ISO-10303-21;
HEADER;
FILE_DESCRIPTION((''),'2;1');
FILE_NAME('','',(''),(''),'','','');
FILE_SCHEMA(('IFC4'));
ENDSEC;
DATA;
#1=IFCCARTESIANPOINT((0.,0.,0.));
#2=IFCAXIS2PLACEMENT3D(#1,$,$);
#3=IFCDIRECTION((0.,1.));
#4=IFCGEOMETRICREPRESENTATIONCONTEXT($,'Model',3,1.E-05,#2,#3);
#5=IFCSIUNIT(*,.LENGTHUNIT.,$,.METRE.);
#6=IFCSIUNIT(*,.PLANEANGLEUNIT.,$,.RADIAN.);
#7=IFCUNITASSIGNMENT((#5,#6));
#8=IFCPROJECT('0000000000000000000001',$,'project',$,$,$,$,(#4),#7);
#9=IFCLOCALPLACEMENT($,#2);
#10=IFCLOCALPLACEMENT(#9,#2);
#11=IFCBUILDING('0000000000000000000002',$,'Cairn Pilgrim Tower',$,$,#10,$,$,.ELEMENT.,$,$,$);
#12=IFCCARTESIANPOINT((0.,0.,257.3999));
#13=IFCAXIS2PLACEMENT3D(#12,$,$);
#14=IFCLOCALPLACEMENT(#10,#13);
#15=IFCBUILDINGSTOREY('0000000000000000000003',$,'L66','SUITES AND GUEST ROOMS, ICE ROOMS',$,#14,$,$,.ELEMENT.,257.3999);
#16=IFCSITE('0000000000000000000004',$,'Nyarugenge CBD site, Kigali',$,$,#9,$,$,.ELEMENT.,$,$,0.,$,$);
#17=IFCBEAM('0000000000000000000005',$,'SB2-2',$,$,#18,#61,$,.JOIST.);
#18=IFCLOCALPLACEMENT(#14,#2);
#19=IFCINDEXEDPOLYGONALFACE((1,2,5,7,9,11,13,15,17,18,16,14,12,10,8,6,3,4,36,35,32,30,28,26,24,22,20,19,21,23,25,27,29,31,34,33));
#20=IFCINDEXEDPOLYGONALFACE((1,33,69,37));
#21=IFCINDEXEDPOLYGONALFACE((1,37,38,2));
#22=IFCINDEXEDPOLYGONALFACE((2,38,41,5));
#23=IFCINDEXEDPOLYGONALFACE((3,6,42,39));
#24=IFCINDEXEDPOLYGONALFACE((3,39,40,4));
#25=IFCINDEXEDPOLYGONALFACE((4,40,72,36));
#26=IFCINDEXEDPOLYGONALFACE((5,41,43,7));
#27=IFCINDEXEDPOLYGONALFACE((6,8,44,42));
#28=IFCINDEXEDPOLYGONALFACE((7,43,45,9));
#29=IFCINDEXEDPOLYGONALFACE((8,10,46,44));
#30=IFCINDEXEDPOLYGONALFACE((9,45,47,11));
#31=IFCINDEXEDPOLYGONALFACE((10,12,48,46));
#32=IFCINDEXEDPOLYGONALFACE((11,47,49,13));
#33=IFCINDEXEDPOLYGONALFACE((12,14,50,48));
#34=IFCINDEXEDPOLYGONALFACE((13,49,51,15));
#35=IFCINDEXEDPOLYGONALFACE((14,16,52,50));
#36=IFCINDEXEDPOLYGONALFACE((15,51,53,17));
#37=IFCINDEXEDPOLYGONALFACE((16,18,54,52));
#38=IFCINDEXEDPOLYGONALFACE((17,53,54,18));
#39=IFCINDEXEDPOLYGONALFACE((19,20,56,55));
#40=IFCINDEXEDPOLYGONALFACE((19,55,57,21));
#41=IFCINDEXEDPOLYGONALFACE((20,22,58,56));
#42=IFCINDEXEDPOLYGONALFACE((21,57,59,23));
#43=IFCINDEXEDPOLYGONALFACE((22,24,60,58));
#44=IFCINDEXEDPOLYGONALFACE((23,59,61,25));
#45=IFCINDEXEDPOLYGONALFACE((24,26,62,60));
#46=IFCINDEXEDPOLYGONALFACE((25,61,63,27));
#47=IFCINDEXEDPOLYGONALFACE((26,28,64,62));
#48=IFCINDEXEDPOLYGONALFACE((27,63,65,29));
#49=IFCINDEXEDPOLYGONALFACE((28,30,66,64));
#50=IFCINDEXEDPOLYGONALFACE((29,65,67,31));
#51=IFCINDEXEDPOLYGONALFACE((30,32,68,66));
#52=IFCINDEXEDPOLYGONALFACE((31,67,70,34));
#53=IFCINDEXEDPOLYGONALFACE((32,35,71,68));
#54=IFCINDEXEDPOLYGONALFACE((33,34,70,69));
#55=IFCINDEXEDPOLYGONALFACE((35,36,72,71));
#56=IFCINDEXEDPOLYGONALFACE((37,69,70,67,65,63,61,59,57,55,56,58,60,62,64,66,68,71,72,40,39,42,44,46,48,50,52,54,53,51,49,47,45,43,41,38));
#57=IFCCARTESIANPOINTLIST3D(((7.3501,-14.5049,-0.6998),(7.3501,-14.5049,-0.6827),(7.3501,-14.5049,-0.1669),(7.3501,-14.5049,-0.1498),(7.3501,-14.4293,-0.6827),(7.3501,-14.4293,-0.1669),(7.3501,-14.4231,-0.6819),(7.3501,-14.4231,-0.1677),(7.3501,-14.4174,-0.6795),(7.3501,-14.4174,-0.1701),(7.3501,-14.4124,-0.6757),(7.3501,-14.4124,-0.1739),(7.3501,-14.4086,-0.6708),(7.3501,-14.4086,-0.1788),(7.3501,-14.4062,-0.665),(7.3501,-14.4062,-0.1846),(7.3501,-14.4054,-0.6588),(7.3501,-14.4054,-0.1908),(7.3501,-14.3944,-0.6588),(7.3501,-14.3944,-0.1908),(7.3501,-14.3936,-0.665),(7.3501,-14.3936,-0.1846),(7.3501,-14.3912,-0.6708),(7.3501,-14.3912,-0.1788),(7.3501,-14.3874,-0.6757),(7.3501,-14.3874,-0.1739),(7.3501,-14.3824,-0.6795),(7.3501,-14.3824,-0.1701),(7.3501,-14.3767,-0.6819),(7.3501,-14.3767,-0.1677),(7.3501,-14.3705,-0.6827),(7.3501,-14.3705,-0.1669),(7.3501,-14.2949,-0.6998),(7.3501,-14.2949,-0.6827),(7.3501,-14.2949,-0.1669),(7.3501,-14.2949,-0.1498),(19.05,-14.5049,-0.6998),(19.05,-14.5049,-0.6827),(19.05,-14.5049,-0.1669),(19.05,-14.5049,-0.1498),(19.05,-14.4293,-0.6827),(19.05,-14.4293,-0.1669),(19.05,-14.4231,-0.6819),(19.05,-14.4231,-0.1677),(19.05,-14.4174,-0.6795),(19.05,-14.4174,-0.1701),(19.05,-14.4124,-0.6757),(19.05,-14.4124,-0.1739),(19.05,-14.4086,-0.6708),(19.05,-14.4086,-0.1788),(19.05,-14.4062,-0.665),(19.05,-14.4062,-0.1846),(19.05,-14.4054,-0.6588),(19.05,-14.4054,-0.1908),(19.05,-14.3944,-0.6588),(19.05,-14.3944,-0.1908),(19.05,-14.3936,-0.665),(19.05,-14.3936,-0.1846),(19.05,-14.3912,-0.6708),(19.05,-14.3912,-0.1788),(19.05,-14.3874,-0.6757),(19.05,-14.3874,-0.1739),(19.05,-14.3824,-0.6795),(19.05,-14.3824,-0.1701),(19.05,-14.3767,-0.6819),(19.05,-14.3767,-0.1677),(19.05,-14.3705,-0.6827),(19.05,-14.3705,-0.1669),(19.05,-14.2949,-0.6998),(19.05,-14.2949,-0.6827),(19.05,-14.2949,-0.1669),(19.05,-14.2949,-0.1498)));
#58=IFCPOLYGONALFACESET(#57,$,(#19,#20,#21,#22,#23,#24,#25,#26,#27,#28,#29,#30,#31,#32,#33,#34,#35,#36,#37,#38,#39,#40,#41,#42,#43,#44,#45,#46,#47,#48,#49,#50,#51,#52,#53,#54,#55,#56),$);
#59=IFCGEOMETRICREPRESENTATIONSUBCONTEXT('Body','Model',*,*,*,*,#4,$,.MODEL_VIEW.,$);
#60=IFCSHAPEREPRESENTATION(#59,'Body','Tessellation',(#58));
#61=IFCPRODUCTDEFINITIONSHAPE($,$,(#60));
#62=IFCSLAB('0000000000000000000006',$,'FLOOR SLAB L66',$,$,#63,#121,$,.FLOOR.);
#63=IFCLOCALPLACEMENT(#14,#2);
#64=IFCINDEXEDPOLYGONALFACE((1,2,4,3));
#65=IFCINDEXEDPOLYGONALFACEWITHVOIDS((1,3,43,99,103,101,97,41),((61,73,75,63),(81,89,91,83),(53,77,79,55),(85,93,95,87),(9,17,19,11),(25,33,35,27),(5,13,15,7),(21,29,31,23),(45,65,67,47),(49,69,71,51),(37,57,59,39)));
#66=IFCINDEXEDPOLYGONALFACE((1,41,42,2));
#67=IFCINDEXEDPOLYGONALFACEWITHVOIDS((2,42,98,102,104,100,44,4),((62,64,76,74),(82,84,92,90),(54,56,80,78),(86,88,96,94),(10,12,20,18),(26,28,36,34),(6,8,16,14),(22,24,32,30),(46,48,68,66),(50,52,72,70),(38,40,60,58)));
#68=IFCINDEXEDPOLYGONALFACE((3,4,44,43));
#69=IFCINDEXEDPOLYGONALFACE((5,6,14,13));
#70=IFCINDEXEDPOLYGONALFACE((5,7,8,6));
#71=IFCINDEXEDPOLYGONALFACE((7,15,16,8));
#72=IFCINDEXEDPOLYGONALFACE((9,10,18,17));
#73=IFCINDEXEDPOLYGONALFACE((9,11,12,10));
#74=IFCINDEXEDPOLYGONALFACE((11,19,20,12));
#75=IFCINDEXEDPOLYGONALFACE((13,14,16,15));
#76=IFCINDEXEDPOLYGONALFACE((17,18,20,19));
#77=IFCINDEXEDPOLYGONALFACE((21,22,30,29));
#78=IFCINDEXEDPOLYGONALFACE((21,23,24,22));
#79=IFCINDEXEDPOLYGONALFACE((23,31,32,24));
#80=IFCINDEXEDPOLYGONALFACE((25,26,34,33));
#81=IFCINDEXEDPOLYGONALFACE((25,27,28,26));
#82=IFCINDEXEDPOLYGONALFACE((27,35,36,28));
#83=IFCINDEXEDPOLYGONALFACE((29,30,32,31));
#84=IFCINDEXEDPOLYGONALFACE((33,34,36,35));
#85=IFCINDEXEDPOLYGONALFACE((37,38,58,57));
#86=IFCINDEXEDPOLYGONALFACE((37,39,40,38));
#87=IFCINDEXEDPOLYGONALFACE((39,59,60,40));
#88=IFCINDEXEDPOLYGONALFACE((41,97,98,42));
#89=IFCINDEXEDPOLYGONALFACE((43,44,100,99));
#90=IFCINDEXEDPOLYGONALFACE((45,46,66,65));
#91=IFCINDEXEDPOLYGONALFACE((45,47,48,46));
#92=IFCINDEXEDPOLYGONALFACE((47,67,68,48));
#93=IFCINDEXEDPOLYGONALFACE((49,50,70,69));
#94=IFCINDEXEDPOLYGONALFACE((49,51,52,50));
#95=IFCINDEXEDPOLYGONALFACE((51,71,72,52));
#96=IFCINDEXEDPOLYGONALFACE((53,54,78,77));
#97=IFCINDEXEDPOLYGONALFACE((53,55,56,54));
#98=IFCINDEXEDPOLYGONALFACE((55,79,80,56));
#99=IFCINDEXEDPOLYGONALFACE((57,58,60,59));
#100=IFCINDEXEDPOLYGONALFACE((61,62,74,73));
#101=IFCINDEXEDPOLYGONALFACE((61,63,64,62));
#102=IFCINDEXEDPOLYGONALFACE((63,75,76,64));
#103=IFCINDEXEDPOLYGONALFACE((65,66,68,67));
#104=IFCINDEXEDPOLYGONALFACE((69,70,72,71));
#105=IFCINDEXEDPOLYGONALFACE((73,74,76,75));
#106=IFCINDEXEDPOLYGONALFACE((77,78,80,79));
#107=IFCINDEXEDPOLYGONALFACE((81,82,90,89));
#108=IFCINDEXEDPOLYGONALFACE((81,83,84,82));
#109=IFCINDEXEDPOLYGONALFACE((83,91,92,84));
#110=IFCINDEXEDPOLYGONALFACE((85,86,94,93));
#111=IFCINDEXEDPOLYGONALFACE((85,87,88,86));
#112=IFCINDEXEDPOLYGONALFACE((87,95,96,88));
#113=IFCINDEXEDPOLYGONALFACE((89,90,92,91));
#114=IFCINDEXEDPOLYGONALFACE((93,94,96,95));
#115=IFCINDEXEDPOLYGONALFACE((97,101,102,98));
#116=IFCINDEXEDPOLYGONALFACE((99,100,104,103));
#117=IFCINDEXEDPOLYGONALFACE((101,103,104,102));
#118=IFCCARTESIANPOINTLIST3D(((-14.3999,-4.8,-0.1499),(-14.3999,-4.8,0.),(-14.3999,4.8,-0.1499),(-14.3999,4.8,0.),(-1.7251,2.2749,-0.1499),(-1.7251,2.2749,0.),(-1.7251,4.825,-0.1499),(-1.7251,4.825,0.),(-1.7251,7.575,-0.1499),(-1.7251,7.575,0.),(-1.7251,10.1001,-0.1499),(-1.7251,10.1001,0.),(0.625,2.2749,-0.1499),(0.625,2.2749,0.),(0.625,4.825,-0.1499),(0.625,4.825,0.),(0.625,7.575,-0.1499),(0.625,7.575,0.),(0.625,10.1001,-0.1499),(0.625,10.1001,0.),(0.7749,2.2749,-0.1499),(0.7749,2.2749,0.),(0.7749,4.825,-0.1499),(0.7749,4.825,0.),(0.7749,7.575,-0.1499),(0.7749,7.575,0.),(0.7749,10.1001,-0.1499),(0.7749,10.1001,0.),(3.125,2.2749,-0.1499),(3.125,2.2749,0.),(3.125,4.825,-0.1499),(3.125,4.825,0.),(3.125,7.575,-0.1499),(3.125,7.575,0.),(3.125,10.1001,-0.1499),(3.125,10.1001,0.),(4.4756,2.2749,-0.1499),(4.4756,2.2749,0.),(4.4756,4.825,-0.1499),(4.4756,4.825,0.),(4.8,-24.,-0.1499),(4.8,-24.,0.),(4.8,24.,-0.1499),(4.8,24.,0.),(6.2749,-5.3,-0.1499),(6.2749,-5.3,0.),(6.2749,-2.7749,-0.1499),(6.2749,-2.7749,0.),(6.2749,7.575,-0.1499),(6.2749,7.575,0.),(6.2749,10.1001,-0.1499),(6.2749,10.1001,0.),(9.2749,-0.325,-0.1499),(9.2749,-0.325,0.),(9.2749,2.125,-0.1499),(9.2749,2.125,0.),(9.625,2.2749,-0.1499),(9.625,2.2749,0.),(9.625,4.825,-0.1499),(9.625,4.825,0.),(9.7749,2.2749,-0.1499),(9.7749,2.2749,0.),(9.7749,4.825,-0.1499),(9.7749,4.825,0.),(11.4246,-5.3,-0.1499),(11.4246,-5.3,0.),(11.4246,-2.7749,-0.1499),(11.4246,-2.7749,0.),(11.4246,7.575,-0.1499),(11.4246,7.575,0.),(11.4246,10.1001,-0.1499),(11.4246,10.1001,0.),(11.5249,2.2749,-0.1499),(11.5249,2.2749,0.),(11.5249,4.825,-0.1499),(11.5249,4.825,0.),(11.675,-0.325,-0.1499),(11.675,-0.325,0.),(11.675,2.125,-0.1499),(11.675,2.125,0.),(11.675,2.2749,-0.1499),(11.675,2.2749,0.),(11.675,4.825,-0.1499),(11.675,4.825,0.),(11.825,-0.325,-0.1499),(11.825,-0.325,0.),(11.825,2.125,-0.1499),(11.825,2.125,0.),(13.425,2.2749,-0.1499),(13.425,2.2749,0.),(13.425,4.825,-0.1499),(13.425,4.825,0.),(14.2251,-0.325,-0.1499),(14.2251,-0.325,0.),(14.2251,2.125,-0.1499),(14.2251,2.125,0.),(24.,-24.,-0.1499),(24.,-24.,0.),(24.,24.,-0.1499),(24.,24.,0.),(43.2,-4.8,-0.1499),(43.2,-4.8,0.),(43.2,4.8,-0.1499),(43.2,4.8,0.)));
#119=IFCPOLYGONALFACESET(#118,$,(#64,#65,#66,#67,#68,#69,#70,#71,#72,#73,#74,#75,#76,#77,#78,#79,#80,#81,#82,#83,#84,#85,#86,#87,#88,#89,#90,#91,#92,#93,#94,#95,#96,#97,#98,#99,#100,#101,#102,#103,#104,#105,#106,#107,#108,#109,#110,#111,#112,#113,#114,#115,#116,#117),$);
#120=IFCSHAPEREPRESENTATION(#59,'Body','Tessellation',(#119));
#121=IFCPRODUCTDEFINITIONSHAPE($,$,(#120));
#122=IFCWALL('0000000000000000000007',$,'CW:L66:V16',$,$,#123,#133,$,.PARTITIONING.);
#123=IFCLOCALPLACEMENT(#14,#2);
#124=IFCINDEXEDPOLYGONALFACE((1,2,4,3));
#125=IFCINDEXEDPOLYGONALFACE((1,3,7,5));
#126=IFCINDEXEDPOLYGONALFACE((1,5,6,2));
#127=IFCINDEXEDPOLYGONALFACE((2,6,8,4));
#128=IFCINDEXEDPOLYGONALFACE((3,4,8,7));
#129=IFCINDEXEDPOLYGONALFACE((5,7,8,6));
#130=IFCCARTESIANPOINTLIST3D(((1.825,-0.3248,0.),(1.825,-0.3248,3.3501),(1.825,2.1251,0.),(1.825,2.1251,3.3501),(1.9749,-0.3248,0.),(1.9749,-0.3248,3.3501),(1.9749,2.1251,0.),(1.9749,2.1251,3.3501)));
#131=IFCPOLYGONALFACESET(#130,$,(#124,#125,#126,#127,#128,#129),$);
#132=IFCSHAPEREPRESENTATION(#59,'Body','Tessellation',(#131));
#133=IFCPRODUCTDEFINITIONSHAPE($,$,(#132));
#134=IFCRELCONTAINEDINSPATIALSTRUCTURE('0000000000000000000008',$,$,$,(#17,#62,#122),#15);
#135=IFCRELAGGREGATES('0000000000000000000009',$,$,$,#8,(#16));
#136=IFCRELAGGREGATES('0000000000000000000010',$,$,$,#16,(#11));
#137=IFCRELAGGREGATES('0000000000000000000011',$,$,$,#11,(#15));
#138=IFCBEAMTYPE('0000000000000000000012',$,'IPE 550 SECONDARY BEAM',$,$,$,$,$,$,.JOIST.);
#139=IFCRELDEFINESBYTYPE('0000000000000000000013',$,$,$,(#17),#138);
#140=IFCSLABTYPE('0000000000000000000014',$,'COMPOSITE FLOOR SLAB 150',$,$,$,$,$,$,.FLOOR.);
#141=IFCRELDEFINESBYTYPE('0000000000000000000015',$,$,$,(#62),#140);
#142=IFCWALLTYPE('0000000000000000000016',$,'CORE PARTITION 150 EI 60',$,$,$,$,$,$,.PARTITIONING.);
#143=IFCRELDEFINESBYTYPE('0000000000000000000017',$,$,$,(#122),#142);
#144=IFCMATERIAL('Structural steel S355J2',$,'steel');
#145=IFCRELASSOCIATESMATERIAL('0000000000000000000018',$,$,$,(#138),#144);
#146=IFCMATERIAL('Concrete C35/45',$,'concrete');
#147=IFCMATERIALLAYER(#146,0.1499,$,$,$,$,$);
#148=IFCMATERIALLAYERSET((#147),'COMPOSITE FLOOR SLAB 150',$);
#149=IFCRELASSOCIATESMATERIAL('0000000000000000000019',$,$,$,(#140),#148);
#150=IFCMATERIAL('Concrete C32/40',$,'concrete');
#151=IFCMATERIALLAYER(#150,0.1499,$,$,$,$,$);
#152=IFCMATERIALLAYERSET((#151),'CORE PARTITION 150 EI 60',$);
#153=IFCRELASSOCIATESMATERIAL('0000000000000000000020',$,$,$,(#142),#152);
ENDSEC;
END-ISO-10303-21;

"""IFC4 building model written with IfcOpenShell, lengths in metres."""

from ifc_helpers import new_model, si_unit, direction, frame, frame_2d, origin, origin_2d, place, context, subcontext, project, spatial, polyline, rectangle, i_section, outline, extrude, material, layer, layer_set, material_profile, profile_set, type_object, element, save


model = new_model("IFC4")

# Units and contexts
model_context = context("Model", 3, precision=1e-05, world=origin(), true_north=direction((0.0, 1.0)))
body_context = subcontext(model_context, "Body", "Model", "MODEL_VIEW")
ifc_project = project(units=[si_unit("LENGTHUNIT", "METRE"), si_unit("PLANEANGLEUNIT", "RADIAN")], contexts=[model_context])

# Site, building, storey
site_placement = place(None, origin())
site = spatial("IfcSite", under=ifc_project, at=site_placement, Name="Nyarugenge CBD site, Kigali", CompositionType="ELEMENT", RefElevation=0.0)
building_placement = place(site_placement, origin())
building = spatial("IfcBuilding", under=site, at=building_placement, Name="Cairn Pilgrim Tower", CompositionType="ELEMENT")
storey_placement = place(building_placement, frame((0.0, 0.0, 257.3999)))
storey = spatial("IfcBuildingStorey", under=building, at=storey_placement, Name="L66", Description="SUITES AND GUEST ROOMS, ICE ROOMS", CompositionType="ELEMENT", Elevation=257.3999)

# Shared definitions
ifc_material_1 = material(Name="Structural steel S355J2", Category="steel")

# Beam
ifc_material_profile_1 = material_profile(ifc_material_1, i_section(OverallWidth=0.21, OverallDepth=0.55, WebThickness=0.011, FlangeThickness=0.0171, FilletRadius=0.0239, at=origin_2d()), Name="IPE 550")
ifc_profile_set_1 = profile_set([ifc_material_profile_1], Name="Structural steel S355J2")
beam_type_1 = type_object("IfcBeamType", Name="IPE 550 SECONDARY BEAM", PredefinedType="JOIST", material=ifc_profile_set_1)
beam_1_placement = place(storey_placement, frame((7.3501, -14.3999, -0.4248), z_axis=(1.0, 0.0, 0.0), x_axis=(0.0, 1.0, 0.0)))
element("IfcBeam", 1, at=beam_1_placement, inside=storey, type_object=beam_type_1, Name="SB2-2", PredefinedType="JOIST", context=body_context, shape_type="SweptSolid", body=[
    extrude(i_section(OverallWidth=0.21, OverallDepth=0.55, WebThickness=0.011, FlangeThickness=0.0171, FilletRadius=0.0239, at=origin_2d()), origin(), (0.0, 0.0, 1.0), 11.7),
])

# Slab
ifc_material_2 = material(Name="Concrete C35/45", Category="concrete")
ifc_layer_1 = layer(ifc_material_2, 0.1499)
ifc_layer_set_1 = layer_set([ifc_layer_1], Name="COMPOSITE FLOOR SLAB 150")
slab_type = type_object("IfcSlabType", Name="COMPOSITE FLOOR SLAB 150", PredefinedType="FLOOR", material=ifc_layer_set_1)
slab_placement = place(storey_placement, frame((0.0, 0.0, -0.1499)))
element("IfcSlab", 2, at=slab_placement, inside=storey, type_object=slab_type, Name="FLOOR SLAB L66", PredefinedType="FLOOR", context=body_context, shape_type="SweptSolid", body=[
    extrude(outline(polyline([(4.8, -24.0), (24.0, -24.0), (43.2, -4.8), (43.2, 4.8), (24.0, 24.0), (4.8, 24.0), (-14.3999, 4.8), (-14.3999, -4.8), (4.8, -24.0)]), holes=[polyline([(9.2749, -0.325), (11.675, -0.325), (11.675, 2.125), (9.2749, 2.125), (9.2749, -0.325)]), polyline([(11.825, -0.325), (14.2251, -0.325), (14.2251, 2.125), (11.825, 2.125), (11.825, -0.325)]), polyline([(-1.7251, 2.2749), (0.625, 2.2749), (0.625, 4.825), (-1.7251, 4.825), (-1.7251, 2.2749)]), polyline([(0.7749, 2.2749), (3.125, 2.2749), (3.125, 4.825), (0.7749, 4.825), (0.7749, 2.2749)]), polyline([(-1.7251, 7.575), (0.625, 7.575), (0.625, 10.1001), (-1.7251, 10.1001), (-1.7251, 7.575)]), polyline([(0.7749, 7.575), (3.125, 7.575), (3.125, 10.1001), (0.7749, 10.1001), (0.7749, 7.575)]), polyline([(9.7749, 2.2749), (11.5249, 2.2749), (11.5249, 4.825), (9.7749, 4.825), (9.7749, 2.2749)]), polyline([(11.675, 2.2749), (13.425, 2.2749), (13.425, 4.825), (11.675, 4.825), (11.675, 2.2749)]), polyline([(11.4246, -2.7749), (6.2749, -2.7749), (6.2749, -5.3), (11.4246, -5.3), (11.4246, -2.7749)]), polyline([(4.4756, 2.2749), (9.625, 2.2749), (9.625, 4.825), (4.4756, 4.825), (4.4756, 2.2749)]), polyline([(11.4246, 10.1001), (6.2749, 10.1001), (6.2749, 7.575), (11.4246, 7.575), (11.4246, 10.1001)])]), origin(), (0.0, 0.0, 1.0), 0.1499),
])

# Wall
ifc_material_3 = material(Name="Concrete C32/40", Category="concrete")
ifc_layer_2 = layer(ifc_material_3, 0.1499)
ifc_layer_set_2 = layer_set([ifc_layer_2], Name="CORE PARTITION 150 EI 60")
wall_type_1 = type_object("IfcWallType", Name="CORE PARTITION 150 EI 60", PredefinedType="PARTITIONING", material=ifc_layer_set_2)
wall_1_placement = place(storey_placement, frame((1.8999, -0.325, 0.0), z_axis=(0.0, 0.0, 1.0), x_axis=(0.0, 1.0, 0.0)))
element("IfcWall", 3, at=wall_1_placement, inside=storey, type_object=wall_type_1, Name="CW:L66:V16", PredefinedType="PARTITIONING", context=body_context, shape_type="SweptSolid", body=[
    extrude(rectangle(XDim=2.45, YDim=0.1499, at=frame_2d((1.2251, 0.0))), origin(), (0.0, 0.0, 1.0), 3.3501),
])

save(model, "model.ifc")
